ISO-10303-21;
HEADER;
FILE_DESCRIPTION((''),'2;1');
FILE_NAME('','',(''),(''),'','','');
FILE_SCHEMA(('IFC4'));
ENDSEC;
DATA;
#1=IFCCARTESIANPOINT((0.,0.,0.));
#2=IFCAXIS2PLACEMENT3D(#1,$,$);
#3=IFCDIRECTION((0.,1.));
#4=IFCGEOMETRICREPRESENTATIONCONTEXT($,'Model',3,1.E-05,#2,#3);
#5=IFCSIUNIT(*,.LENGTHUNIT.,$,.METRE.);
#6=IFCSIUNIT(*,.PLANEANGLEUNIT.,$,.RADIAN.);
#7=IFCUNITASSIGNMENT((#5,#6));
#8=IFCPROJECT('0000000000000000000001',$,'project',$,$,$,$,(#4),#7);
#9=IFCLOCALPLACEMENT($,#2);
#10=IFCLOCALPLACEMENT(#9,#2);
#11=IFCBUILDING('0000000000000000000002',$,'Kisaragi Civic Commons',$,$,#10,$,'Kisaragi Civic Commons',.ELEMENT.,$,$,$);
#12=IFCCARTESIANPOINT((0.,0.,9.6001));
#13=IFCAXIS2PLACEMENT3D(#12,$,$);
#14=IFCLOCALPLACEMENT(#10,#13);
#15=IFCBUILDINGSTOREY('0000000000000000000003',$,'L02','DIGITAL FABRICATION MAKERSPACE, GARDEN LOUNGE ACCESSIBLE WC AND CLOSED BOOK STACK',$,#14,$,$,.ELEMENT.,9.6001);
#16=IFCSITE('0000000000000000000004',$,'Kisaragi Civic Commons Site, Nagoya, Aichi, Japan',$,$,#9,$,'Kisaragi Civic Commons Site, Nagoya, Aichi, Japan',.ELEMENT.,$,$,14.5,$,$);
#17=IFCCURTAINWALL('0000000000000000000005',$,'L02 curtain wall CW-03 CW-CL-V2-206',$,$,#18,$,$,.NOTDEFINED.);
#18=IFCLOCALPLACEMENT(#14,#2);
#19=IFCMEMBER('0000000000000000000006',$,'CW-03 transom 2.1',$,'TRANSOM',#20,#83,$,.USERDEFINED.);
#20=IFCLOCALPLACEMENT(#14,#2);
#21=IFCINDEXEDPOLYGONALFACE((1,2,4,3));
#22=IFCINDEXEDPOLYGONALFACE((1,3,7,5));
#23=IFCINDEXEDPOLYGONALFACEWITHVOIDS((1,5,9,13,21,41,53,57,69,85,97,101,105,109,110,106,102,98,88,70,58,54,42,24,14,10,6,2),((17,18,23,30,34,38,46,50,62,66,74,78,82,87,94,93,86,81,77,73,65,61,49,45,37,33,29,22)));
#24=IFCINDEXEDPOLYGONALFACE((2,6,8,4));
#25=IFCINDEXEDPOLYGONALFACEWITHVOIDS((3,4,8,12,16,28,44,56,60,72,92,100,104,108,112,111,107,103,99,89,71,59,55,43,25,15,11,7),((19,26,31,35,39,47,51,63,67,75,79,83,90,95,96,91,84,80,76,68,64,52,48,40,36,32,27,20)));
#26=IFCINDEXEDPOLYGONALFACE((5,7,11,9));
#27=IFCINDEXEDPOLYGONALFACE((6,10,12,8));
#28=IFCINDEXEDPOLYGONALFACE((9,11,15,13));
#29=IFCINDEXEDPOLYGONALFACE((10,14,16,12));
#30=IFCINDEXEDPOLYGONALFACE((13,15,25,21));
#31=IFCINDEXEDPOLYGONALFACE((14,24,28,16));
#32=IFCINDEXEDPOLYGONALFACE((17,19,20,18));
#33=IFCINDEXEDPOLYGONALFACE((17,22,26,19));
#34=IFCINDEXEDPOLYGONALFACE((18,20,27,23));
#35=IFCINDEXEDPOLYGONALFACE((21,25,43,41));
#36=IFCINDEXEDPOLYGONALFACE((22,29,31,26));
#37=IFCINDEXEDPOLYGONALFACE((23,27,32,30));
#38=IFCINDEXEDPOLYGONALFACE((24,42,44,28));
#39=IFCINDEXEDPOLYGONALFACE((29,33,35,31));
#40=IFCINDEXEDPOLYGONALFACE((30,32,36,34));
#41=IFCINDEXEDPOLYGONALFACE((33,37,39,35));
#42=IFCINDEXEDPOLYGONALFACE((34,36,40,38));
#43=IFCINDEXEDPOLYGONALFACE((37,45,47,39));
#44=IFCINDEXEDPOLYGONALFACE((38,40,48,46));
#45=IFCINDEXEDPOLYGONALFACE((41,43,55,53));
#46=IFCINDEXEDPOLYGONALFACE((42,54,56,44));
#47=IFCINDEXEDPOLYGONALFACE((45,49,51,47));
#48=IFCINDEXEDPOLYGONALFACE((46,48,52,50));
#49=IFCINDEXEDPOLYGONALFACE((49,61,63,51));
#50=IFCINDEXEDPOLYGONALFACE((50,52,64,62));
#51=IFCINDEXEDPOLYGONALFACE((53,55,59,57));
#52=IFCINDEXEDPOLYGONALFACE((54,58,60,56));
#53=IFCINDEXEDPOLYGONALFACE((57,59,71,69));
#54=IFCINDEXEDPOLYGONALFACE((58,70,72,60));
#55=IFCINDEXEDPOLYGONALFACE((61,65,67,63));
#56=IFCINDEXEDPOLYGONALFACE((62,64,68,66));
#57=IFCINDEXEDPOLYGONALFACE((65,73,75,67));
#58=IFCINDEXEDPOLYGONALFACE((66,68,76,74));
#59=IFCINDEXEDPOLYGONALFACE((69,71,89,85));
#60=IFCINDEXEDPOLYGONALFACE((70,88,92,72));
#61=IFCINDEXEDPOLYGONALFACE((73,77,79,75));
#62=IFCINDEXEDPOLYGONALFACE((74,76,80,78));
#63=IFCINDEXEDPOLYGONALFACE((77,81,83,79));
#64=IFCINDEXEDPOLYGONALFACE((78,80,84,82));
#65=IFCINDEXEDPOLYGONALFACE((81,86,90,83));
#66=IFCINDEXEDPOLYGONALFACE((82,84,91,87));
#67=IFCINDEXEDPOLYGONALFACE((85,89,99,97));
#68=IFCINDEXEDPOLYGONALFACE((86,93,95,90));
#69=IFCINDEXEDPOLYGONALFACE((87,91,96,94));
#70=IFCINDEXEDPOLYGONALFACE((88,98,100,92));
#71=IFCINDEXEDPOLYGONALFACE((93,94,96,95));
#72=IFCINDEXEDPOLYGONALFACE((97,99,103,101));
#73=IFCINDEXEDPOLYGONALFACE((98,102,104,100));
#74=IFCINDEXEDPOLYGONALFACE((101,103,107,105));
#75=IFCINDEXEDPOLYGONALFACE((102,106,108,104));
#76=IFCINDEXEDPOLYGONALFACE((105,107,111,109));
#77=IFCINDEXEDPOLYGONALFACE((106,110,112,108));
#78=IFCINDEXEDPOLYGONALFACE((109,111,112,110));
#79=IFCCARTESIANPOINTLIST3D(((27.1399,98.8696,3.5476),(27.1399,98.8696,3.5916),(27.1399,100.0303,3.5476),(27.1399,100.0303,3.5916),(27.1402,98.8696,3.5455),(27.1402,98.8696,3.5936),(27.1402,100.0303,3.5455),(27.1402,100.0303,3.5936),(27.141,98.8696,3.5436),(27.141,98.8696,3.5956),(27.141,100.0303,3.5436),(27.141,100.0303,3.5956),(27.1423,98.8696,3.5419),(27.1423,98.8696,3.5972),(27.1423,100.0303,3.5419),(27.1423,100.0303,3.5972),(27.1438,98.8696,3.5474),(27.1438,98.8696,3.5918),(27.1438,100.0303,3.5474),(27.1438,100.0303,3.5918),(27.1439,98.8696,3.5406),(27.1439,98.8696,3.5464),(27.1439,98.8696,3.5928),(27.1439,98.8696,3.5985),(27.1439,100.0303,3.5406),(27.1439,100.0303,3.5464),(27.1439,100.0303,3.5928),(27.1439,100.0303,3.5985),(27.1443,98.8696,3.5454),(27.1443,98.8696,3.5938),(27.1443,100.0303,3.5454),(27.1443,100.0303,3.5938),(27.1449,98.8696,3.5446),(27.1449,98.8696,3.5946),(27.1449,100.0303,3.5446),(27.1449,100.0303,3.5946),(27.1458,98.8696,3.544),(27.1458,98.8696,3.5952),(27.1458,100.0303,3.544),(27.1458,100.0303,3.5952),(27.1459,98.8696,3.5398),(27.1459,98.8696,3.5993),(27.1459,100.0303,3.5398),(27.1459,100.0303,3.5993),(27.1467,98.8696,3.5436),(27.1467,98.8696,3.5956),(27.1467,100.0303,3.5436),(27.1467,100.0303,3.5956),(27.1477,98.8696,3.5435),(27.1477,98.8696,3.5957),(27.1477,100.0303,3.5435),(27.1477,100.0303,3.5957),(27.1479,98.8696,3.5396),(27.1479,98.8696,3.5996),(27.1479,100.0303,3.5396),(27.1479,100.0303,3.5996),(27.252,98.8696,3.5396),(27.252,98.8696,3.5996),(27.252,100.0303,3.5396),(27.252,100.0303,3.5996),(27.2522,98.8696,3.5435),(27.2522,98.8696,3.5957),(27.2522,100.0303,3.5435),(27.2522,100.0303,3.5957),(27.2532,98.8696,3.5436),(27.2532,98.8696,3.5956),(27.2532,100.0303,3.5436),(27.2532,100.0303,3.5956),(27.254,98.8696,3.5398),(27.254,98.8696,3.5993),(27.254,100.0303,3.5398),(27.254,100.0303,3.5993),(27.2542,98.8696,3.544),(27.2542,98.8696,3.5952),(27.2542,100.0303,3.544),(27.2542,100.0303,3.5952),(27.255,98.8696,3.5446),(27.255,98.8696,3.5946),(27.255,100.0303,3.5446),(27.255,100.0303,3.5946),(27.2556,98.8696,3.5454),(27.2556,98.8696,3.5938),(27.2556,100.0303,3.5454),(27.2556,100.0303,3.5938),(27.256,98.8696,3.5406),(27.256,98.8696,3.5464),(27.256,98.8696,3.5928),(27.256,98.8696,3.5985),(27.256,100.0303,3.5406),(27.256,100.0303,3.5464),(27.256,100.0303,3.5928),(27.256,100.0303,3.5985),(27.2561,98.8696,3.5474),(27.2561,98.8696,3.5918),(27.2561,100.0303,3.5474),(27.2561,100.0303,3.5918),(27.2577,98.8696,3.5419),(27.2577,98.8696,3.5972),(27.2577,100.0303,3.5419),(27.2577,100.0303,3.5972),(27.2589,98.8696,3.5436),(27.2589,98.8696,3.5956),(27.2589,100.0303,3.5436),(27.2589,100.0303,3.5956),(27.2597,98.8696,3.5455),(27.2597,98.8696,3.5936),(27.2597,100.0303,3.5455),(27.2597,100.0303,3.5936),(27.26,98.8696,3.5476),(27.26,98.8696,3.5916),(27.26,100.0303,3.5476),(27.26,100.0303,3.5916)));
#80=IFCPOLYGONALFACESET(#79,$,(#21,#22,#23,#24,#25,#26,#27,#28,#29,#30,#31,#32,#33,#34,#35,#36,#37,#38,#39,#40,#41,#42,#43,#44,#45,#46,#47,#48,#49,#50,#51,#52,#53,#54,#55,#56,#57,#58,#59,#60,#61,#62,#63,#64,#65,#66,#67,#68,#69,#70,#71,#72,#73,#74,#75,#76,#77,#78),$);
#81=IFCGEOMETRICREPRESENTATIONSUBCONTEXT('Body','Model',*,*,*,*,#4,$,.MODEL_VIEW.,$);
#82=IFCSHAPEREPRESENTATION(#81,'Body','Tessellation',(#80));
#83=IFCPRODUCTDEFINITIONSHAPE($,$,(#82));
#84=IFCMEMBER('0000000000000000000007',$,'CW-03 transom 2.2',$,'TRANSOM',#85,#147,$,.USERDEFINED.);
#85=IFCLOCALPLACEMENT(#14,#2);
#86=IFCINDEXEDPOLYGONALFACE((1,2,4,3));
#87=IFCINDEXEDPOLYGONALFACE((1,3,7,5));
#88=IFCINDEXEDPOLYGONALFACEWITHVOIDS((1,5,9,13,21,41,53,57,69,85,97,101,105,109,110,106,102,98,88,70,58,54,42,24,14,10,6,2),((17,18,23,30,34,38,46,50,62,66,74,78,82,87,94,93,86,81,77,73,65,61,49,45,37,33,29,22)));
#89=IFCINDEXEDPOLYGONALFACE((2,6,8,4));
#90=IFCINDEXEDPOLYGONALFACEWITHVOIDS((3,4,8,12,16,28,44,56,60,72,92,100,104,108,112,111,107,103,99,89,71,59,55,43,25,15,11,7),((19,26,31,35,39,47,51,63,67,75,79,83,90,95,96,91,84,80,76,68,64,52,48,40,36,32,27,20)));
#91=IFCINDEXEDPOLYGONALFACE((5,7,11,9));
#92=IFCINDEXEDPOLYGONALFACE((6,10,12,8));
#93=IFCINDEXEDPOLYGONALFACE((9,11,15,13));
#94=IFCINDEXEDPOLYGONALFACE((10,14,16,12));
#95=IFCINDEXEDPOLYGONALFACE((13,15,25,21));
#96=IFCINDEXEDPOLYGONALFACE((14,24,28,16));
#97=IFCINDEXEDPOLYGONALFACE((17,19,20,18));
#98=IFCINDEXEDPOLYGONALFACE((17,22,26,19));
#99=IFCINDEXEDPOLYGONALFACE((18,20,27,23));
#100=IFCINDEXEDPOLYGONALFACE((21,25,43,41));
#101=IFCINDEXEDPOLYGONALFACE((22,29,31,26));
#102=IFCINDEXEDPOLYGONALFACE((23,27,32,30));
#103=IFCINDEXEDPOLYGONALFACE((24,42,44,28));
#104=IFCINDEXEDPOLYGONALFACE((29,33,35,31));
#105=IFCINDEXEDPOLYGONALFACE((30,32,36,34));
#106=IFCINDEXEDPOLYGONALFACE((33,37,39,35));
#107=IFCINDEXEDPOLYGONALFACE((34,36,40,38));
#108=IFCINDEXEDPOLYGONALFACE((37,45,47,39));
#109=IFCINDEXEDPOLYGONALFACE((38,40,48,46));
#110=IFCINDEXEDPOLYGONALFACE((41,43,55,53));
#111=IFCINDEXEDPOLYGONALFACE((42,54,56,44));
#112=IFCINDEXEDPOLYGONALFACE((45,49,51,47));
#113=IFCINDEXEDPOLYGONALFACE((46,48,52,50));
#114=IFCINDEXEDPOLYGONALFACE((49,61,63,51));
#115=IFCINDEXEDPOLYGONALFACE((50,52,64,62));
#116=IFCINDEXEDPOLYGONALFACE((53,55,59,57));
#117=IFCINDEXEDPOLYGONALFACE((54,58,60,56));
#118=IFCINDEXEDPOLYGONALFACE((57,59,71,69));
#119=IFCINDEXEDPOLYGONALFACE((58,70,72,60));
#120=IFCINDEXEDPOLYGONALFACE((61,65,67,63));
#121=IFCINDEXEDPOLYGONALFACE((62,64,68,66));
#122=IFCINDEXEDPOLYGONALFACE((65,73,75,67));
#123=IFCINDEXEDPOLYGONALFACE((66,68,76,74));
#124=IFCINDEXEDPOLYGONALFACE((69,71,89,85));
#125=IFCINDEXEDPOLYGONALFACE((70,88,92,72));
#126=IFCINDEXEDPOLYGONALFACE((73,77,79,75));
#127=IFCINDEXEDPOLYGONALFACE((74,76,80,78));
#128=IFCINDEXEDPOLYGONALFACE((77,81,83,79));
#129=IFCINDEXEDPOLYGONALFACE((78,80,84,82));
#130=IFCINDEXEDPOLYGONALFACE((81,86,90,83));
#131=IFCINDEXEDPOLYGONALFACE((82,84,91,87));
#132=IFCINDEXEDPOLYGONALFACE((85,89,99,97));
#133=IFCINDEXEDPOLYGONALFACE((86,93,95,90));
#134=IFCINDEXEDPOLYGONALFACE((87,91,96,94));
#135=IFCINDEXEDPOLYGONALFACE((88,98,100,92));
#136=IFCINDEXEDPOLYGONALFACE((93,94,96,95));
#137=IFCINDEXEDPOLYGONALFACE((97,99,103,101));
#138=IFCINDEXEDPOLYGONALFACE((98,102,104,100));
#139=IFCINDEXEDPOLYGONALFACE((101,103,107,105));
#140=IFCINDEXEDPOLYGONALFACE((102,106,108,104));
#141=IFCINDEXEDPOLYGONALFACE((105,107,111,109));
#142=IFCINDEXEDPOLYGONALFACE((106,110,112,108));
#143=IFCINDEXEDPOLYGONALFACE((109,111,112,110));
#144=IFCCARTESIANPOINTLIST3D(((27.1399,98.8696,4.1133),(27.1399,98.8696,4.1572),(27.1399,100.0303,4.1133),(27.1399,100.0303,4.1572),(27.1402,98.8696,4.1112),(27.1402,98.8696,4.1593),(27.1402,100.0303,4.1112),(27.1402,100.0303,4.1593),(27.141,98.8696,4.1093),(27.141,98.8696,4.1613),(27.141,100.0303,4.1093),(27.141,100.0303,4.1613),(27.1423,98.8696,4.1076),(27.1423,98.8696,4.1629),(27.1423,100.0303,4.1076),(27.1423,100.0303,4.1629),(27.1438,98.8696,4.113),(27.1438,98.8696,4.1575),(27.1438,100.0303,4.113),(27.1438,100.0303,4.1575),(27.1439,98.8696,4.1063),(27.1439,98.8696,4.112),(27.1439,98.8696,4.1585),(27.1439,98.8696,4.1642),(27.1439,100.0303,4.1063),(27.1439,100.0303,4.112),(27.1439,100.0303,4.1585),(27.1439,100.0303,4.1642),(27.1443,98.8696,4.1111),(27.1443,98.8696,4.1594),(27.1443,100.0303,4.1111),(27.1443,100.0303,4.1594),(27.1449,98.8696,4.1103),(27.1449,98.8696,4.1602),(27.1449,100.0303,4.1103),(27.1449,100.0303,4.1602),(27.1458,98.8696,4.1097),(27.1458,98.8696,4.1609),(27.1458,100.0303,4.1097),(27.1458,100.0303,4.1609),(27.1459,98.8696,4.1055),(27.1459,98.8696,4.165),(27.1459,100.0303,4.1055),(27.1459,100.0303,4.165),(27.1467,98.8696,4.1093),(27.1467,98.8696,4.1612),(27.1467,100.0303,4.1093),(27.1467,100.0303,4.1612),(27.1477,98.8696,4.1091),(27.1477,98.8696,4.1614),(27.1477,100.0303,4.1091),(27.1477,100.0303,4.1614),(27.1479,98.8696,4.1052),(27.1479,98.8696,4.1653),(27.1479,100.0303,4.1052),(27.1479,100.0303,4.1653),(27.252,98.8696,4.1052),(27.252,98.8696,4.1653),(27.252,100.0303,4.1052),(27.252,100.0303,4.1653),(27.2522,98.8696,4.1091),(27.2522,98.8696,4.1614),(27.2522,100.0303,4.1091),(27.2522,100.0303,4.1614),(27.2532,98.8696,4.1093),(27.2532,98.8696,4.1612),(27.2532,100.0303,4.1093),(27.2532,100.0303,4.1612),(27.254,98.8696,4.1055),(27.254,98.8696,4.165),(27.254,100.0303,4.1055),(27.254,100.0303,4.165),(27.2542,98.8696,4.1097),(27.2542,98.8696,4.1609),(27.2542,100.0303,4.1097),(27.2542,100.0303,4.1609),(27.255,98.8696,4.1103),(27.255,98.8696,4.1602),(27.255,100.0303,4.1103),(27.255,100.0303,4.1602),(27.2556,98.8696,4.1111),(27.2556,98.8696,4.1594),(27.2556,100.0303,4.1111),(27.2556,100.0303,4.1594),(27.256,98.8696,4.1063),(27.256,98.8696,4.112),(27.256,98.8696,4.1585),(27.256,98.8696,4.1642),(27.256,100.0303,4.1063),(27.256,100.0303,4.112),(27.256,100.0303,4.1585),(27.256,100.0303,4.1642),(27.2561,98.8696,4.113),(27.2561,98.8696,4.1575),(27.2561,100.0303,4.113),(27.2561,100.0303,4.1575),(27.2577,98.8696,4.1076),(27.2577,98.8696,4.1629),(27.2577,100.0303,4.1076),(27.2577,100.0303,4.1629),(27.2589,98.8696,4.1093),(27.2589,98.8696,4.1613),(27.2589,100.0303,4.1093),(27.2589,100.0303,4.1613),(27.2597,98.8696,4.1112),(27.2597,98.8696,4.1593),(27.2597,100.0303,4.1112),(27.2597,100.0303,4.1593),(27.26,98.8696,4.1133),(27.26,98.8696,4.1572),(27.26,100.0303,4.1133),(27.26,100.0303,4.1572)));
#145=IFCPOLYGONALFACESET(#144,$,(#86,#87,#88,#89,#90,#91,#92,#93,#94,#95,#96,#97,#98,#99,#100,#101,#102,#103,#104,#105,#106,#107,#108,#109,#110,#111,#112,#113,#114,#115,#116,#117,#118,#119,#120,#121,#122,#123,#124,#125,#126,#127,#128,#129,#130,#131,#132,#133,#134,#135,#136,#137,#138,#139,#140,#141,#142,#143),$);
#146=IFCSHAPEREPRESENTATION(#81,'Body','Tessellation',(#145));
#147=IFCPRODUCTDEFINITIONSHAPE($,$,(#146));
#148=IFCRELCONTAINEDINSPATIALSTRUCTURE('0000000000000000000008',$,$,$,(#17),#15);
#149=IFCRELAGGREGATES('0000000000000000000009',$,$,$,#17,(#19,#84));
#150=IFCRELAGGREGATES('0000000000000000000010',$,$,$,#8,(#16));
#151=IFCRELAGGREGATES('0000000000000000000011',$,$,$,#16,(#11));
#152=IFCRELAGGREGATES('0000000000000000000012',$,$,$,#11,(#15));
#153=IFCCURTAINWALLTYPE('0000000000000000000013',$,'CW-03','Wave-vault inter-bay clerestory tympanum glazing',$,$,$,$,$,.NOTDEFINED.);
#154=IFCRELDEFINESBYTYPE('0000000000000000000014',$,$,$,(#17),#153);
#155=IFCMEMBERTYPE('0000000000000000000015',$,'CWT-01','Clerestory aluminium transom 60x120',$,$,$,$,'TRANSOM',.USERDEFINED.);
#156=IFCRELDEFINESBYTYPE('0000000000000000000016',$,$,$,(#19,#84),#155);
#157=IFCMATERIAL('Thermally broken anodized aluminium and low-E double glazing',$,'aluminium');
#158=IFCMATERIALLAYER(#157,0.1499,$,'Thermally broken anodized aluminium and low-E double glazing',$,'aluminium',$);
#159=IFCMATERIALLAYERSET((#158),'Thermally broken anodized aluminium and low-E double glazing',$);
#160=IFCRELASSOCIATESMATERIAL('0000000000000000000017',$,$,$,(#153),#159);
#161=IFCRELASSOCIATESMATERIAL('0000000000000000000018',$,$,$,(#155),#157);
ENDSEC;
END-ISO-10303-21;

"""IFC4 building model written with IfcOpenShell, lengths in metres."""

from ifc_helpers import new_model, si_unit, direction, frame, origin, origin_2d, place, context, subcontext, project, spatial, hollow_rectangle, extrude, material, layer, layer_set, material_profile, profile_set, type_object, element, aggregate, save


model = new_model("IFC4")

# Units and contexts
model_context = context("Model", 3, precision=1e-05, world=origin(), true_north=direction((0.0, 1.0)))
body_context = subcontext(model_context, "Body", "Model", "MODEL_VIEW")
ifc_project = project(units=[si_unit("LENGTHUNIT", "METRE"), si_unit("PLANEANGLEUNIT", "RADIAN")], contexts=[model_context])

# Site, building, storey
site_placement = place(None, origin())
site = spatial("IfcSite", under=ifc_project, at=site_placement, Name="Kisaragi Civic Commons Site, Nagoya, Aichi, Japan", LongName="Kisaragi Civic Commons Site, Nagoya, Aichi, Japan", CompositionType="ELEMENT", RefElevation=14.5)
building_placement = place(site_placement, origin())
building = spatial("IfcBuilding", under=site, at=building_placement, Name="Kisaragi Civic Commons", LongName="Kisaragi Civic Commons", CompositionType="ELEMENT")
storey_placement = place(building_placement, frame((0.0, 0.0, 9.6001)))
storey = spatial("IfcBuildingStorey", under=building, at=storey_placement, Name="L02", Description="DIGITAL FABRICATION MAKERSPACE, GARDEN LOUNGE ACCESSIBLE WC AND CLOSED BOOK STACK", CompositionType="ELEMENT", Elevation=9.6001)

# Shared definitions
ifc_material_1 = material(Name="Thermally broken anodized aluminium and low-E double glazing", Category="aluminium")
ifc_layer_1 = layer(ifc_material_1, 0.1499, Name="Thermally broken anodized aluminium and low-E double glazing", Category="aluminium")
ifc_layer_set_1 = layer_set([ifc_layer_1], Name="Thermally broken anodized aluminium and low-E double glazing")
curtain_wall_type = type_object("IfcCurtainWallType", Name="CW-03", Description="Wave-vault inter-bay clerestory tympanum glazing", PredefinedType="NOTDEFINED", material=ifc_layer_set_1)

# Curtain wall
curtain_wall_1_placement = place(storey_placement, origin())
curtain_wall_1 = element("IfcCurtainWall", 1, at=curtain_wall_1_placement, inside=storey, type_object=curtain_wall_type, Name="L02 curtain wall CW-03 CW-CL-V2-206", PredefinedType="NOTDEFINED")

# Members
ifc_material_profile_1 = material_profile(ifc_material_1, hollow_rectangle(XDim=0.1201, YDim=0.0601, WallThickness=0.0039, InnerFilletRadius=0.0039, OuterFilletRadius=0.0081, at=origin_2d()), Name="CWT-60x120x4", Category="aluminium")
ifc_profile_set_1 = profile_set([ifc_material_profile_1], Name="Thermally broken anodized aluminium and low-E double glazing")
member_type_1 = type_object("IfcMemberType", Name="CWT-01", Description="Clerestory aluminium transom 60x120", ElementType="TRANSOM", PredefinedType="USERDEFINED", material=ifc_profile_set_1)
member_1_placement = place(storey_placement, frame((27.2, 98.8696, 3.5696), z_axis=(0.0, 1.0, 0.0), x_axis=(-1.0, 0.0, 0.0)))
member_1 = element("IfcMember", 2, at=member_1_placement, type_object=member_type_1, Name="CW-03 transom 2.1", ObjectType="TRANSOM", PredefinedType="USERDEFINED", context=body_context, shape_type="SweptSolid", body=[
    extrude(hollow_rectangle(XDim=0.1201, YDim=0.0601, WallThickness=0.0039, InnerFilletRadius=0.0039, OuterFilletRadius=0.0081, at=origin_2d()), origin(), (0.0, 0.0, 1.0), 1.1606),
])
member_2_placement = place(storey_placement, frame((27.2, 98.8696, 4.1353), z_axis=(0.0, 1.0, 0.0), x_axis=(-1.0, 0.0, 0.0)))
member_2 = element("IfcMember", 3, at=member_2_placement, type_object=member_type_1, Name="CW-03 transom 2.2", ObjectType="TRANSOM", PredefinedType="USERDEFINED", context=body_context, shape_type="SweptSolid", body=[
    extrude(hollow_rectangle(XDim=0.1201, YDim=0.0601, WallThickness=0.0039, InnerFilletRadius=0.0039, OuterFilletRadius=0.0081, at=origin_2d()), origin(), (0.0, 0.0, 1.0), 1.1606),
])

aggregate(curtain_wall_1, [member_1, member_2])

save(model, "model.ifc")
